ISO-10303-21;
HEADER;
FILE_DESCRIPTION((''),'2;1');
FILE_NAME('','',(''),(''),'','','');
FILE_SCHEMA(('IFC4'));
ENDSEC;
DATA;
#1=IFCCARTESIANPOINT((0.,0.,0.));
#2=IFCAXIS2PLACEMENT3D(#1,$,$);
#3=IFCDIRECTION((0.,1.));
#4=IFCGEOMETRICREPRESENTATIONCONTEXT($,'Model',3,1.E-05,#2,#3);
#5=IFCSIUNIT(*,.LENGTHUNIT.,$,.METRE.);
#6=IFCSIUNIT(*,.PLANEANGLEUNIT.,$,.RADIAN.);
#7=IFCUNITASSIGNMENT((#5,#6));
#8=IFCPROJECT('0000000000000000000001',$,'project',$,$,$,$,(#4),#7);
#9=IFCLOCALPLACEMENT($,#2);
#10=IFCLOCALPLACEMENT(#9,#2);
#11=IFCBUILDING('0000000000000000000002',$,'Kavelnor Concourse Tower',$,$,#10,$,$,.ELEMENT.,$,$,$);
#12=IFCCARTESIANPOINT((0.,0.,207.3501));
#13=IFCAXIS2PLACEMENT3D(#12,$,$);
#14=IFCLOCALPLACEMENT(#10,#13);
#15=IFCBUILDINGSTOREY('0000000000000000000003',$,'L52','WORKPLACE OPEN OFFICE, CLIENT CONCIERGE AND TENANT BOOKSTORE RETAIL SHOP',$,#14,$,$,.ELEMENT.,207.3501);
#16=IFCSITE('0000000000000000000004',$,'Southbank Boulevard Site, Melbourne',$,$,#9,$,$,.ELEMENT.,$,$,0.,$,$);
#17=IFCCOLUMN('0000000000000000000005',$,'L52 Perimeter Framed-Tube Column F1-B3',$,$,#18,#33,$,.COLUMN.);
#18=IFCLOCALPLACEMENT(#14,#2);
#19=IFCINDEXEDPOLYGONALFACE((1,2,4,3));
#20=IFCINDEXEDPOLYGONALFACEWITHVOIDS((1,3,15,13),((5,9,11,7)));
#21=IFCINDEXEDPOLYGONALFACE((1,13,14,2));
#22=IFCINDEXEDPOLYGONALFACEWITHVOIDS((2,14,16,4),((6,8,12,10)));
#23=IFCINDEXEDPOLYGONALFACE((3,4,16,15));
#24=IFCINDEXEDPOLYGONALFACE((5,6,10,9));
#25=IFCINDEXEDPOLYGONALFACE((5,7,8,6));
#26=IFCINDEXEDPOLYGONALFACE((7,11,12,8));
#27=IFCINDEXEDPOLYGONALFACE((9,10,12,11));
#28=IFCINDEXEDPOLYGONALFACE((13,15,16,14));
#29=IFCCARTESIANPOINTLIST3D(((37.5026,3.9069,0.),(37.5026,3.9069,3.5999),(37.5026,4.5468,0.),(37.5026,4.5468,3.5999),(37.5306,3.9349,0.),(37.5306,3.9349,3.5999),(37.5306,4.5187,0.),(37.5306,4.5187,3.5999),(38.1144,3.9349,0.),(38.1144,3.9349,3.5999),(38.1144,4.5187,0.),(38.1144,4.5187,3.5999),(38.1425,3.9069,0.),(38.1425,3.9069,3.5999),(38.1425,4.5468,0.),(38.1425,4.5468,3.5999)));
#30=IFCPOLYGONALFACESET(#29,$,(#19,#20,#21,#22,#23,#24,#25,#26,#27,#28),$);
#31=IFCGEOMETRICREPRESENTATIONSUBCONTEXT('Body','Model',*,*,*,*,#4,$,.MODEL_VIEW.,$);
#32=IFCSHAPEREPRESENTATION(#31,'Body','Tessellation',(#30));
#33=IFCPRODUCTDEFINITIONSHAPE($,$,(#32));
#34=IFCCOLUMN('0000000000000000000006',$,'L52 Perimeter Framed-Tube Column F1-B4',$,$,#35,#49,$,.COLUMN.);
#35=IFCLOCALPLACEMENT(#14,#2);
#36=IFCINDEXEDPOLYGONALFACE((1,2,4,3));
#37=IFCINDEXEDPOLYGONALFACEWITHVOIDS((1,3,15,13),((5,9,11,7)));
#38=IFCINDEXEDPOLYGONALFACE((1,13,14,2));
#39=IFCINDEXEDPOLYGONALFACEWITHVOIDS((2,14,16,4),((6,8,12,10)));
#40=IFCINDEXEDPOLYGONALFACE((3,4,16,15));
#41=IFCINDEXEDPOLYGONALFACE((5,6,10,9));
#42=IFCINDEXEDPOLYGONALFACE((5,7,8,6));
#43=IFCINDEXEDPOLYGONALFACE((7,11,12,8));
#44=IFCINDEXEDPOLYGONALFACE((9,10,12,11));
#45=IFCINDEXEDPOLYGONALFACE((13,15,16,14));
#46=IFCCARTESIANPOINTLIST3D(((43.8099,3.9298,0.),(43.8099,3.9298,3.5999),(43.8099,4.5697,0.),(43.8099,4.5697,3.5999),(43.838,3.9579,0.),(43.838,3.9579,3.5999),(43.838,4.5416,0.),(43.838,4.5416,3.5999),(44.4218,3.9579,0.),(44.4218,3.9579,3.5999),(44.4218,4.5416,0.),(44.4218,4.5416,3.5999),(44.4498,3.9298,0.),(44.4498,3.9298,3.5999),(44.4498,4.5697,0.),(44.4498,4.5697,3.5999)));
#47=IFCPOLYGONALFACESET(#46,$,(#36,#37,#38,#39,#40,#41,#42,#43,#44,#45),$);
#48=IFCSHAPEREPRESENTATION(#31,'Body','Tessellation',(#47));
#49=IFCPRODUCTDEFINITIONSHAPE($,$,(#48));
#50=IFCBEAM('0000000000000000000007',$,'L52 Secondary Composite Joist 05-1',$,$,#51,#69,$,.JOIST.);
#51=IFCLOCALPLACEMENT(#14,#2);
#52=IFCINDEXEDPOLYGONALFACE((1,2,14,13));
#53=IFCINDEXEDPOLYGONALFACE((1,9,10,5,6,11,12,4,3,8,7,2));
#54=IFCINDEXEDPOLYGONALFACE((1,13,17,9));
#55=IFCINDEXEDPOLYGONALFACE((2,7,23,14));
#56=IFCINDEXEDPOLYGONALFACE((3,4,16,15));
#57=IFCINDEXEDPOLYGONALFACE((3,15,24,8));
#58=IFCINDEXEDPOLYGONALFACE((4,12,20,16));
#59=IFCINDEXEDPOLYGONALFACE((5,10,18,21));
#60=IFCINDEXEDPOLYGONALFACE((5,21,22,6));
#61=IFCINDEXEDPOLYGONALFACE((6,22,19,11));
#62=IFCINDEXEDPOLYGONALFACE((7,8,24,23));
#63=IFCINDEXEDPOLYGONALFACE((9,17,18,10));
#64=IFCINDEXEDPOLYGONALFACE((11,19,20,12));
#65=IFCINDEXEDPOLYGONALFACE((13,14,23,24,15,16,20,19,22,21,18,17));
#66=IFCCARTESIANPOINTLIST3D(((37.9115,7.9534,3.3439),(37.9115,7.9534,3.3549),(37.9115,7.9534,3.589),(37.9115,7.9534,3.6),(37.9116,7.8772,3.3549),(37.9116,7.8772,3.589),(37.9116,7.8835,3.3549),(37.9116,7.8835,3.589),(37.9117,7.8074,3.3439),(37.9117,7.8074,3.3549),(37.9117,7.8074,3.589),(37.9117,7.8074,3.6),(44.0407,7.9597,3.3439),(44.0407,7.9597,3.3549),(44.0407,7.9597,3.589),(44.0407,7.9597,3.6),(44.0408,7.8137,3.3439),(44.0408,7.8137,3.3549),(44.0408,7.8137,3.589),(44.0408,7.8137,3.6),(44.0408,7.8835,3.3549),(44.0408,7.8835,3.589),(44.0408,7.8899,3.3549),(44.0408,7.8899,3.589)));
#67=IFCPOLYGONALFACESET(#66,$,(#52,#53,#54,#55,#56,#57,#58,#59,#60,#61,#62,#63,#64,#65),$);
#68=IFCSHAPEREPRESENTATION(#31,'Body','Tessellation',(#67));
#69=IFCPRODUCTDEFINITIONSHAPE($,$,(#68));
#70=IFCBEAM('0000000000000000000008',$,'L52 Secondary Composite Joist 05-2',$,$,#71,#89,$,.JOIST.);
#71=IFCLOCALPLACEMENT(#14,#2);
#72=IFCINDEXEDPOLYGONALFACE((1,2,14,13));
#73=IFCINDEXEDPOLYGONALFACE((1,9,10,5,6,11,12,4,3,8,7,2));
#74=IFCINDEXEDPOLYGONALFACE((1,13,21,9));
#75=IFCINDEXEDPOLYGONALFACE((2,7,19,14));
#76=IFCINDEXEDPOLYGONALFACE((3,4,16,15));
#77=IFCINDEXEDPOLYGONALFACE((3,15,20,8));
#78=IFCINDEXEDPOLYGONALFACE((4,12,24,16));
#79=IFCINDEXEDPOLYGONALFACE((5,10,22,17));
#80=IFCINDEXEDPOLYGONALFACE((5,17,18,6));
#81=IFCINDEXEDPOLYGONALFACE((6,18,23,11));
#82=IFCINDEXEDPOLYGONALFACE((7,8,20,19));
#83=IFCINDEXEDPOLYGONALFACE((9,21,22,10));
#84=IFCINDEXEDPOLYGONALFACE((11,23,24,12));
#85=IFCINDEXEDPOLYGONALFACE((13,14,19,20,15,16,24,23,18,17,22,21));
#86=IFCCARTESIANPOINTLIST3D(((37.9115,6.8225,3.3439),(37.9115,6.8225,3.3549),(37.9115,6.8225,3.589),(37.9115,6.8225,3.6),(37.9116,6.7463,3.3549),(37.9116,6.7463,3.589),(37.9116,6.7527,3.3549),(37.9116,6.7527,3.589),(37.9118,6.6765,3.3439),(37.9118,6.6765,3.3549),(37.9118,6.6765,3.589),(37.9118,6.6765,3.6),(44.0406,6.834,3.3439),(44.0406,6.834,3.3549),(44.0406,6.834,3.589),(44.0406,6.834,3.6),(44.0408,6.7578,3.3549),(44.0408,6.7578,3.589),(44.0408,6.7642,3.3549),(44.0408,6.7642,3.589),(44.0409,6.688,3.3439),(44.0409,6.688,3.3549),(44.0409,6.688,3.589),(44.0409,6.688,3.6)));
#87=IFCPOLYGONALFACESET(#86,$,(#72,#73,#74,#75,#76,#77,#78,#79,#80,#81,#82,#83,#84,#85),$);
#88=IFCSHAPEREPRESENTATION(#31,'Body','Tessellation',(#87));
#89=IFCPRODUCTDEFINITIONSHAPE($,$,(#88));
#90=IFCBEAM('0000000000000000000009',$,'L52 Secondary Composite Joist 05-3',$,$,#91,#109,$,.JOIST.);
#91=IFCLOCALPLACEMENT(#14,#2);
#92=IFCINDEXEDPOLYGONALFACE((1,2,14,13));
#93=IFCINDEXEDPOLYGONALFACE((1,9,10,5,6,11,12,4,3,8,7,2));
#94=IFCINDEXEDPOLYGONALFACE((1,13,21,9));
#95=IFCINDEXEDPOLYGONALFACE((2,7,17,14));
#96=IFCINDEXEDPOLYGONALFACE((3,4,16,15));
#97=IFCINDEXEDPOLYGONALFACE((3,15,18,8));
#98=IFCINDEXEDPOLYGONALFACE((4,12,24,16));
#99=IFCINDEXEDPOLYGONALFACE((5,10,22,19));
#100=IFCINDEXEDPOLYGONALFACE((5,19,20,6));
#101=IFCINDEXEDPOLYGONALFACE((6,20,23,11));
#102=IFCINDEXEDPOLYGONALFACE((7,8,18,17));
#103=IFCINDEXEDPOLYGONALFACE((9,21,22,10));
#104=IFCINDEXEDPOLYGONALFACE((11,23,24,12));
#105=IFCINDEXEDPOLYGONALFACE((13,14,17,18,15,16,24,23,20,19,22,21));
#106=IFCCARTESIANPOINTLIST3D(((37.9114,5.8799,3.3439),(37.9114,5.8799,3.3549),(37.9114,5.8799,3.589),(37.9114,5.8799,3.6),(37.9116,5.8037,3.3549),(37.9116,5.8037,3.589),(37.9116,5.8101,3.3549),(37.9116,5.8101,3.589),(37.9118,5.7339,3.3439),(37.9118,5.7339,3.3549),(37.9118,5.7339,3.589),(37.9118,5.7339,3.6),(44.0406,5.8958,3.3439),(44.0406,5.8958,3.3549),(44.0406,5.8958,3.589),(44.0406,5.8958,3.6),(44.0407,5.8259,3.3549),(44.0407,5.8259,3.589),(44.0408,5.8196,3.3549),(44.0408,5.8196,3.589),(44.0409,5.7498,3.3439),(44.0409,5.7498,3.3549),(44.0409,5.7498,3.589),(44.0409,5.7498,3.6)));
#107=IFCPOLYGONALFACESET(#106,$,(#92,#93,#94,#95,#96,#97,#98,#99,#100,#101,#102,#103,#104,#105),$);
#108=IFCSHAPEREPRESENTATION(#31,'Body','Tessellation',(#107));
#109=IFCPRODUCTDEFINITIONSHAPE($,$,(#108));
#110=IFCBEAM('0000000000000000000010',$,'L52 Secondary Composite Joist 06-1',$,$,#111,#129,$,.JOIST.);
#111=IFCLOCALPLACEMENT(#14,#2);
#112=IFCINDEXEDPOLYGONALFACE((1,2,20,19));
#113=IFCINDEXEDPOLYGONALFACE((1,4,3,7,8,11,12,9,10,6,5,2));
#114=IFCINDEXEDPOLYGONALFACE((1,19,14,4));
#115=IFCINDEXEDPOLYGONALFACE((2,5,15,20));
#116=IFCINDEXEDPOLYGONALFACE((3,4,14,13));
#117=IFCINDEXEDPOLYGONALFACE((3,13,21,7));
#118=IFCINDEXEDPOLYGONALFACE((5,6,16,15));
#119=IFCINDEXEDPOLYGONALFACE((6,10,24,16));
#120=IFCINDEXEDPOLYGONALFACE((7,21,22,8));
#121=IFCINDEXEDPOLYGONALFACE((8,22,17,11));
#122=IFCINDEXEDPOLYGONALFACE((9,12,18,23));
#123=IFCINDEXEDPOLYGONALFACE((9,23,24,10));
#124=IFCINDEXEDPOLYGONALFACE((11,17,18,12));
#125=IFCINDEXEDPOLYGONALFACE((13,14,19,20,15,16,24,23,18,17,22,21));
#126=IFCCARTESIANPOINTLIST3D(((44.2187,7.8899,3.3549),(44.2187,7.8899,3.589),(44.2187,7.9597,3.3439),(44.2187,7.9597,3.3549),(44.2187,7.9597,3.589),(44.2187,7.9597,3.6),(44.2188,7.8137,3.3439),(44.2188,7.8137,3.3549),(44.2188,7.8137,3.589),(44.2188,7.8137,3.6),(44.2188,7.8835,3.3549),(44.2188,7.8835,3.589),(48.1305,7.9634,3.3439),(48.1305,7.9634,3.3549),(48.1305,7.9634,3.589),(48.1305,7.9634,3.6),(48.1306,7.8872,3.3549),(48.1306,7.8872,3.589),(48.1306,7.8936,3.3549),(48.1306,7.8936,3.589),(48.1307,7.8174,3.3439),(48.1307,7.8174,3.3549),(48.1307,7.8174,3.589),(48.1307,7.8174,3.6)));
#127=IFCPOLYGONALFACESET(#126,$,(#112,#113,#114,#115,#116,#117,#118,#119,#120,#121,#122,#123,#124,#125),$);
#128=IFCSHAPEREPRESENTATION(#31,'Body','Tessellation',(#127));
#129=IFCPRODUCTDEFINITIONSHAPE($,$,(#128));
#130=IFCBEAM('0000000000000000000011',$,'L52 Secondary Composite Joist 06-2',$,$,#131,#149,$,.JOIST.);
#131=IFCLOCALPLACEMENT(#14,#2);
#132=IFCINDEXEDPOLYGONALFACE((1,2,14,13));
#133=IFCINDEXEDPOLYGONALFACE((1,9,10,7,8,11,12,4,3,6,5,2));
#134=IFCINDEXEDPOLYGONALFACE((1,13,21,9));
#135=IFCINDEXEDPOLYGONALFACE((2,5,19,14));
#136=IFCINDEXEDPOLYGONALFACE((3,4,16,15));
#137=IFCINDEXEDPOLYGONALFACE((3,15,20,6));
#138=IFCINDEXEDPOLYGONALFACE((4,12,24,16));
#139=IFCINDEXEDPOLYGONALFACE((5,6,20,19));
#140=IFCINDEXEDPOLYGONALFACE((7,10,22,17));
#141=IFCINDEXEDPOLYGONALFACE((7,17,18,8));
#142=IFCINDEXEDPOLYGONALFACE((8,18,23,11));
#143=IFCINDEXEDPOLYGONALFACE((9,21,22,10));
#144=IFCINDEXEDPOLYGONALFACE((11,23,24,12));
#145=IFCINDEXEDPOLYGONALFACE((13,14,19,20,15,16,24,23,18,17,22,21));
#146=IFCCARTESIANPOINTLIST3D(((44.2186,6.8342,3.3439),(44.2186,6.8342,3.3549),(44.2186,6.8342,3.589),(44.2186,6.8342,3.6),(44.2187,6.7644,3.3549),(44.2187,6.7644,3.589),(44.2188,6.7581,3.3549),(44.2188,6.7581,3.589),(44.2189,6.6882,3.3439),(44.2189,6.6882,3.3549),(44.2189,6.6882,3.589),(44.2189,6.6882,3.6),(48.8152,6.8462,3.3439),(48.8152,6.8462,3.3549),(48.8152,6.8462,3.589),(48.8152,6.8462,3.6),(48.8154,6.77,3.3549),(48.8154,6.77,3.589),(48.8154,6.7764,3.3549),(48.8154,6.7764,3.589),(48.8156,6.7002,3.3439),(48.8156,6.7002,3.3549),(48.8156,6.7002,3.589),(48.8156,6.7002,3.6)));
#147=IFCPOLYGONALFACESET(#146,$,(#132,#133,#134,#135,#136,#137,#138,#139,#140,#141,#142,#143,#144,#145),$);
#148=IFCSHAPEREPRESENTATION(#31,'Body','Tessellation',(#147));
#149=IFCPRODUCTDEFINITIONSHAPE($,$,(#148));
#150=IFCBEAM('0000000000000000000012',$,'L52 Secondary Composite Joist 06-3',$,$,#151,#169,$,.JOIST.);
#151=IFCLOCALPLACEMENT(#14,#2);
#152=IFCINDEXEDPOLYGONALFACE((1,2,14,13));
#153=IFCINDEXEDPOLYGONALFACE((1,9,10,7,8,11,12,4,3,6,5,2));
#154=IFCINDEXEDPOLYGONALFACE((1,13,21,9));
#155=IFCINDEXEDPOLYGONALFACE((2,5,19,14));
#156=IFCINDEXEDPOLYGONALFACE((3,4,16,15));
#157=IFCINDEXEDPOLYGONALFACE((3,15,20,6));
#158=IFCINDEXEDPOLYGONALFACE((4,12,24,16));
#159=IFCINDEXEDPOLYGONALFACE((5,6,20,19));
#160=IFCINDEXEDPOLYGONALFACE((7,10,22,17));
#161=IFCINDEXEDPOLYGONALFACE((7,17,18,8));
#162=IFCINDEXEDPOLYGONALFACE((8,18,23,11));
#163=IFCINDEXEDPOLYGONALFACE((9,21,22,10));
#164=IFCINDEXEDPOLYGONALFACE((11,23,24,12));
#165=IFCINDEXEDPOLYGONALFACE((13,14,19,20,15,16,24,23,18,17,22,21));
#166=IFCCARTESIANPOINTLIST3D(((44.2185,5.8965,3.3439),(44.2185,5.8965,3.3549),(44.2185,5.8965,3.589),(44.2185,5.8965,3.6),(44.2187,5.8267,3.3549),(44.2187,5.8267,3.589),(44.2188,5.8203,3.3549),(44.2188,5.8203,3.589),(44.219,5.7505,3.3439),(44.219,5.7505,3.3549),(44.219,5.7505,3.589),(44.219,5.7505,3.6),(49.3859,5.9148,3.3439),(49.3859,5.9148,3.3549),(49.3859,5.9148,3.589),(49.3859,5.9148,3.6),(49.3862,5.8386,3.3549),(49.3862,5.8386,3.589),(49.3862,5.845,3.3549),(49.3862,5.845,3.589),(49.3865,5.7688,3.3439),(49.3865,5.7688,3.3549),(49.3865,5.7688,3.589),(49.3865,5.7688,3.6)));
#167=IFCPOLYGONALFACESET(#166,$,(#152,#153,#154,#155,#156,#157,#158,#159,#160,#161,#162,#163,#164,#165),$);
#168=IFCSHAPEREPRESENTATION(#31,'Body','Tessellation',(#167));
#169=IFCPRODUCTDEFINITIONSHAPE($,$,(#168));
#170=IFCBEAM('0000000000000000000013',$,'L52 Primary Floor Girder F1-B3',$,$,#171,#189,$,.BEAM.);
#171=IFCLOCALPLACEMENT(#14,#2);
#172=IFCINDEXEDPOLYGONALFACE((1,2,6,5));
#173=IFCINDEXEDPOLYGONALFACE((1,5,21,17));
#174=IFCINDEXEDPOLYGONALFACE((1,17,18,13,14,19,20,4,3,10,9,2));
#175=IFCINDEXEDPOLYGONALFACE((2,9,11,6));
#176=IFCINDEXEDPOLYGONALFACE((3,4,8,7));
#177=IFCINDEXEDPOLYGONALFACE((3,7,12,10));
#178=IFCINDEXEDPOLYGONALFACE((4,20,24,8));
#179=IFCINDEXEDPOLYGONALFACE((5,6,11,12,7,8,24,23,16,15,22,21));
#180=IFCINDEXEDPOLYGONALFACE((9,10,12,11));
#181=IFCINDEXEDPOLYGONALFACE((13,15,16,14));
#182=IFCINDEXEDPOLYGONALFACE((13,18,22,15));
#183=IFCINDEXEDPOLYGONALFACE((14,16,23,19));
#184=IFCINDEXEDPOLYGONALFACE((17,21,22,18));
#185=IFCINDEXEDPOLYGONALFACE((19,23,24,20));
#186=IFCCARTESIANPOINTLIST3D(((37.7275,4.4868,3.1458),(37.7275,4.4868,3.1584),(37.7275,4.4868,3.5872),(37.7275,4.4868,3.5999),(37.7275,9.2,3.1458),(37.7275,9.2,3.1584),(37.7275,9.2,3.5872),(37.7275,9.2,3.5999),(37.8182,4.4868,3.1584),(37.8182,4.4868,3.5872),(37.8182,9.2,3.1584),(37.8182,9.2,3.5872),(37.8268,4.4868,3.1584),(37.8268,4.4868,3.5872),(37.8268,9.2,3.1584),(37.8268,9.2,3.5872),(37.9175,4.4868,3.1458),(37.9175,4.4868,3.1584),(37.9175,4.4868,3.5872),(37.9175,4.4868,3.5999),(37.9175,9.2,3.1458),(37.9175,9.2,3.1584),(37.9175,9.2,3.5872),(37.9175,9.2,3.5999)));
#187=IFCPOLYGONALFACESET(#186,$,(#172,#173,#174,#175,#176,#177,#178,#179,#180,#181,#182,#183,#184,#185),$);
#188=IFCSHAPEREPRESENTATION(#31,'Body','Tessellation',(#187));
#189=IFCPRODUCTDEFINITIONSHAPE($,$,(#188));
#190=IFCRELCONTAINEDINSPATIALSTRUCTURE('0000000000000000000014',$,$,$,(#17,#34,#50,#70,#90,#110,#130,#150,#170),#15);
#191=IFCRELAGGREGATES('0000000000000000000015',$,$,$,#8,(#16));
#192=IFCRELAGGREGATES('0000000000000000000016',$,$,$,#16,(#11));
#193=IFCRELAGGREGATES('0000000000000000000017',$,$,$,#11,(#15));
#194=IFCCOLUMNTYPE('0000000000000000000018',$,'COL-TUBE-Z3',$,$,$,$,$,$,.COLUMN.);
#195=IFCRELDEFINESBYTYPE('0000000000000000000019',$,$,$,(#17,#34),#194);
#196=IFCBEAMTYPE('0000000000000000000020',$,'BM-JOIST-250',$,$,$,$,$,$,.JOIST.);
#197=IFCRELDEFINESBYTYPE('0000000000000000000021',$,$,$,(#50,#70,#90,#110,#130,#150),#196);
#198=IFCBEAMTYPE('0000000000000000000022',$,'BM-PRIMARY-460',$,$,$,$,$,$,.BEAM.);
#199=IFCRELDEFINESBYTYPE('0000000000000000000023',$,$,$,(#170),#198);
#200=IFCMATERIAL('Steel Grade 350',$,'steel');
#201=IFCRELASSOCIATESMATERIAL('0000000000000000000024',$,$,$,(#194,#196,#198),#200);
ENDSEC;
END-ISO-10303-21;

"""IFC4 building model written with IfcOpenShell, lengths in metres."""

from ifc_helpers import new_model, si_unit, direction, frame, origin, origin_2d, place, context, subcontext, project, spatial, hollow_rectangle, i_section, extrude, material, material_profile, profile_set, type_object, element, save


model = new_model("IFC4")

# Units and contexts
model_context = context("Model", 3, precision=1e-05, world=origin(), true_north=direction((0.0, 1.0)))
body_context = subcontext(model_context, "Body", "Model", "MODEL_VIEW")
ifc_project = project(units=[si_unit("LENGTHUNIT", "METRE"), si_unit("PLANEANGLEUNIT", "RADIAN")], contexts=[model_context])

# Site, building, storey
site_placement = place(None, origin())
site = spatial("IfcSite", under=ifc_project, at=site_placement, Name="Southbank Boulevard Site, Melbourne", CompositionType="ELEMENT", RefElevation=0.0)
building_placement = place(site_placement, origin())
building = spatial("IfcBuilding", under=site, at=building_placement, Name="Kavelnor Concourse Tower", CompositionType="ELEMENT")
storey_placement = place(building_placement, frame((0.0, 0.0, 207.3501)))
storey = spatial("IfcBuildingStorey", under=building, at=storey_placement, Name="L52", Description="WORKPLACE OPEN OFFICE, CLIENT CONCIERGE AND TENANT BOOKSTORE RETAIL SHOP", CompositionType="ELEMENT", Elevation=207.3501)

# Columns
ifc_material_1 = material(Name="Steel Grade 350", Category="steel")
ifc_material_profile_1 = material_profile(ifc_material_1, hollow_rectangle(XDim=0.6399, YDim=0.6399, WallThickness=0.0281, at=origin_2d()), Name="SHS 640x640x28")
ifc_profile_set_1 = profile_set([ifc_material_profile_1], Name="Steel Grade 350")
column_type = type_object("IfcColumnType", Name="COL-TUBE-Z3", PredefinedType="COLUMN", material=ifc_profile_set_1)
for number, where, z_axis, x_axis, name in (
    (1, (37.8225, 4.2268, 0.0), (0.0, 0.0, 1.0), (1.0, 0.0, 0.0), "L52 Perimeter Framed-Tube Column F1-B3"),
    (2, (44.1299, 4.2498, 0.0), (0.0, 0.0, 1.0), (1.0, 0.0, 0.0), "L52 Perimeter Framed-Tube Column F1-B4"),
):
    element("IfcColumn", number, at=place(storey_placement, frame(where, z_axis=z_axis, x_axis=x_axis)), inside=storey, type_object=column_type, Name=name, PredefinedType="COLUMN", context=body_context, shape_type="SweptSolid", body=[
        extrude(hollow_rectangle(XDim=0.6399, YDim=0.6399, WallThickness=0.0281, at=origin_2d()), origin(), (0.0, 0.0, 1.0), 3.5999),
    ])

# Beams
ifc_material_profile_2 = material_profile(ifc_material_1, i_section(OverallWidth=0.146, OverallDepth=0.2561, WebThickness=0.0063, FlangeThickness=0.011, at=origin_2d()), Name="250UB37")
ifc_profile_set_2 = profile_set([ifc_material_profile_2], Name="Steel Grade 350")
beam_type_1 = type_object("IfcBeamType", Name="BM-JOIST-250", PredefinedType="JOIST", material=ifc_profile_set_2)
for number, where, z_axis, x_axis, name in (
    (3, (37.9116, 7.8804, 3.4719), (0.999999, 0.001036, 0.0), (-0.001036, 0.999999, 0.0), "L52 Secondary Composite Joist 05-1"),
    (4, (37.9116, 6.7495, 3.4719), (0.999998, 0.001872, 0.0), (-0.001872, 0.999998, 0.0), "L52 Secondary Composite Joist 05-2"),
    (5, (37.9116, 5.8069, 3.4719), (0.999997, 0.002589, 0.0), (-0.002589, 0.999997, 0.0), "L52 Secondary Composite Joist 05-3"),
):
    element("IfcBeam", number, at=place(storey_placement, frame(where, z_axis=z_axis, x_axis=x_axis)), inside=storey, type_object=beam_type_1, Name=name, PredefinedType="JOIST", context=body_context, shape_type="SweptSolid", body=[
        extrude(i_section(OverallWidth=0.146, OverallDepth=0.2561, WebThickness=0.0063, FlangeThickness=0.011, at=origin_2d()), origin(), (0.0, 0.0, 1.0), 6.1292),
    ])
beam_1_placement = place(storey_placement, frame((44.2188, 7.8867, 3.4719), z_axis=(1.0, 0.000936, 0.0), x_axis=(-0.000936, 1.0, 0.0)))
element("IfcBeam", 6, at=beam_1_placement, inside=storey, type_object=beam_type_1, Name="L52 Secondary Composite Joist 06-1", PredefinedType="JOIST", context=body_context, shape_type="SweptSolid", body=[
    extrude(i_section(OverallWidth=0.146, OverallDepth=0.2561, WebThickness=0.0063, FlangeThickness=0.011, at=origin_2d()), origin(), (0.0, 0.0, 1.0), 3.9119),
])
beam_2_placement = place(storey_placement, frame((44.2188, 6.7612, 3.4719), z_axis=(0.999997, 0.002602, 0.0), x_axis=(-0.002602, 0.999997, 0.0)))
element("IfcBeam", 7, at=beam_2_placement, inside=storey, type_object=beam_type_1, Name="L52 Secondary Composite Joist 06-2", PredefinedType="JOIST", context=body_context, shape_type="SweptSolid", body=[
    extrude(i_section(OverallWidth=0.146, OverallDepth=0.2561, WebThickness=0.0063, FlangeThickness=0.011, at=origin_2d()), origin(), (0.0, 0.0, 1.0), 4.5967),
])
beam_3_placement = place(storey_placement, frame((44.2188, 5.8235, 3.4719), z_axis=(0.999994, 0.003543, 0.0), x_axis=(-0.003543, 0.999994, 0.0)))
element("IfcBeam", 8, at=beam_3_placement, inside=storey, type_object=beam_type_1, Name="L52 Secondary Composite Joist 06-3", PredefinedType="JOIST", context=body_context, shape_type="SweptSolid", body=[
    extrude(i_section(OverallWidth=0.146, OverallDepth=0.2561, WebThickness=0.0063, FlangeThickness=0.011, at=origin_2d()), origin(), (0.0, 0.0, 1.0), 5.1675),
])
ifc_material_profile_3 = material_profile(ifc_material_1, i_section(OverallWidth=0.1899, OverallDepth=0.4541, WebThickness=0.0085, FlangeThickness=0.0127, at=origin_2d()), Name="460UB67")
ifc_profile_set_3 = profile_set([ifc_material_profile_3], Name="Steel Grade 350")
beam_type_2 = type_object("IfcBeamType", Name="BM-PRIMARY-460", PredefinedType="BEAM", material=ifc_profile_set_3)
beam_4_placement = place(storey_placement, frame((37.8225, 9.2, 3.3728), z_axis=(0.0, -1.0, 0.0), x_axis=(1.0, 0.0, 0.0)))
element("IfcBeam", 9, at=beam_4_placement, inside=storey, type_object=beam_type_2, Name="L52 Primary Floor Girder F1-B3", PredefinedType="BEAM", context=body_context, shape_type="SweptSolid", body=[
    extrude(i_section(OverallWidth=0.1899, OverallDepth=0.4541, WebThickness=0.0085, FlangeThickness=0.0127, at=origin_2d()), origin(), (0.0, 0.0, 1.0), 4.7131),
])

save(model, "model.ifc")
